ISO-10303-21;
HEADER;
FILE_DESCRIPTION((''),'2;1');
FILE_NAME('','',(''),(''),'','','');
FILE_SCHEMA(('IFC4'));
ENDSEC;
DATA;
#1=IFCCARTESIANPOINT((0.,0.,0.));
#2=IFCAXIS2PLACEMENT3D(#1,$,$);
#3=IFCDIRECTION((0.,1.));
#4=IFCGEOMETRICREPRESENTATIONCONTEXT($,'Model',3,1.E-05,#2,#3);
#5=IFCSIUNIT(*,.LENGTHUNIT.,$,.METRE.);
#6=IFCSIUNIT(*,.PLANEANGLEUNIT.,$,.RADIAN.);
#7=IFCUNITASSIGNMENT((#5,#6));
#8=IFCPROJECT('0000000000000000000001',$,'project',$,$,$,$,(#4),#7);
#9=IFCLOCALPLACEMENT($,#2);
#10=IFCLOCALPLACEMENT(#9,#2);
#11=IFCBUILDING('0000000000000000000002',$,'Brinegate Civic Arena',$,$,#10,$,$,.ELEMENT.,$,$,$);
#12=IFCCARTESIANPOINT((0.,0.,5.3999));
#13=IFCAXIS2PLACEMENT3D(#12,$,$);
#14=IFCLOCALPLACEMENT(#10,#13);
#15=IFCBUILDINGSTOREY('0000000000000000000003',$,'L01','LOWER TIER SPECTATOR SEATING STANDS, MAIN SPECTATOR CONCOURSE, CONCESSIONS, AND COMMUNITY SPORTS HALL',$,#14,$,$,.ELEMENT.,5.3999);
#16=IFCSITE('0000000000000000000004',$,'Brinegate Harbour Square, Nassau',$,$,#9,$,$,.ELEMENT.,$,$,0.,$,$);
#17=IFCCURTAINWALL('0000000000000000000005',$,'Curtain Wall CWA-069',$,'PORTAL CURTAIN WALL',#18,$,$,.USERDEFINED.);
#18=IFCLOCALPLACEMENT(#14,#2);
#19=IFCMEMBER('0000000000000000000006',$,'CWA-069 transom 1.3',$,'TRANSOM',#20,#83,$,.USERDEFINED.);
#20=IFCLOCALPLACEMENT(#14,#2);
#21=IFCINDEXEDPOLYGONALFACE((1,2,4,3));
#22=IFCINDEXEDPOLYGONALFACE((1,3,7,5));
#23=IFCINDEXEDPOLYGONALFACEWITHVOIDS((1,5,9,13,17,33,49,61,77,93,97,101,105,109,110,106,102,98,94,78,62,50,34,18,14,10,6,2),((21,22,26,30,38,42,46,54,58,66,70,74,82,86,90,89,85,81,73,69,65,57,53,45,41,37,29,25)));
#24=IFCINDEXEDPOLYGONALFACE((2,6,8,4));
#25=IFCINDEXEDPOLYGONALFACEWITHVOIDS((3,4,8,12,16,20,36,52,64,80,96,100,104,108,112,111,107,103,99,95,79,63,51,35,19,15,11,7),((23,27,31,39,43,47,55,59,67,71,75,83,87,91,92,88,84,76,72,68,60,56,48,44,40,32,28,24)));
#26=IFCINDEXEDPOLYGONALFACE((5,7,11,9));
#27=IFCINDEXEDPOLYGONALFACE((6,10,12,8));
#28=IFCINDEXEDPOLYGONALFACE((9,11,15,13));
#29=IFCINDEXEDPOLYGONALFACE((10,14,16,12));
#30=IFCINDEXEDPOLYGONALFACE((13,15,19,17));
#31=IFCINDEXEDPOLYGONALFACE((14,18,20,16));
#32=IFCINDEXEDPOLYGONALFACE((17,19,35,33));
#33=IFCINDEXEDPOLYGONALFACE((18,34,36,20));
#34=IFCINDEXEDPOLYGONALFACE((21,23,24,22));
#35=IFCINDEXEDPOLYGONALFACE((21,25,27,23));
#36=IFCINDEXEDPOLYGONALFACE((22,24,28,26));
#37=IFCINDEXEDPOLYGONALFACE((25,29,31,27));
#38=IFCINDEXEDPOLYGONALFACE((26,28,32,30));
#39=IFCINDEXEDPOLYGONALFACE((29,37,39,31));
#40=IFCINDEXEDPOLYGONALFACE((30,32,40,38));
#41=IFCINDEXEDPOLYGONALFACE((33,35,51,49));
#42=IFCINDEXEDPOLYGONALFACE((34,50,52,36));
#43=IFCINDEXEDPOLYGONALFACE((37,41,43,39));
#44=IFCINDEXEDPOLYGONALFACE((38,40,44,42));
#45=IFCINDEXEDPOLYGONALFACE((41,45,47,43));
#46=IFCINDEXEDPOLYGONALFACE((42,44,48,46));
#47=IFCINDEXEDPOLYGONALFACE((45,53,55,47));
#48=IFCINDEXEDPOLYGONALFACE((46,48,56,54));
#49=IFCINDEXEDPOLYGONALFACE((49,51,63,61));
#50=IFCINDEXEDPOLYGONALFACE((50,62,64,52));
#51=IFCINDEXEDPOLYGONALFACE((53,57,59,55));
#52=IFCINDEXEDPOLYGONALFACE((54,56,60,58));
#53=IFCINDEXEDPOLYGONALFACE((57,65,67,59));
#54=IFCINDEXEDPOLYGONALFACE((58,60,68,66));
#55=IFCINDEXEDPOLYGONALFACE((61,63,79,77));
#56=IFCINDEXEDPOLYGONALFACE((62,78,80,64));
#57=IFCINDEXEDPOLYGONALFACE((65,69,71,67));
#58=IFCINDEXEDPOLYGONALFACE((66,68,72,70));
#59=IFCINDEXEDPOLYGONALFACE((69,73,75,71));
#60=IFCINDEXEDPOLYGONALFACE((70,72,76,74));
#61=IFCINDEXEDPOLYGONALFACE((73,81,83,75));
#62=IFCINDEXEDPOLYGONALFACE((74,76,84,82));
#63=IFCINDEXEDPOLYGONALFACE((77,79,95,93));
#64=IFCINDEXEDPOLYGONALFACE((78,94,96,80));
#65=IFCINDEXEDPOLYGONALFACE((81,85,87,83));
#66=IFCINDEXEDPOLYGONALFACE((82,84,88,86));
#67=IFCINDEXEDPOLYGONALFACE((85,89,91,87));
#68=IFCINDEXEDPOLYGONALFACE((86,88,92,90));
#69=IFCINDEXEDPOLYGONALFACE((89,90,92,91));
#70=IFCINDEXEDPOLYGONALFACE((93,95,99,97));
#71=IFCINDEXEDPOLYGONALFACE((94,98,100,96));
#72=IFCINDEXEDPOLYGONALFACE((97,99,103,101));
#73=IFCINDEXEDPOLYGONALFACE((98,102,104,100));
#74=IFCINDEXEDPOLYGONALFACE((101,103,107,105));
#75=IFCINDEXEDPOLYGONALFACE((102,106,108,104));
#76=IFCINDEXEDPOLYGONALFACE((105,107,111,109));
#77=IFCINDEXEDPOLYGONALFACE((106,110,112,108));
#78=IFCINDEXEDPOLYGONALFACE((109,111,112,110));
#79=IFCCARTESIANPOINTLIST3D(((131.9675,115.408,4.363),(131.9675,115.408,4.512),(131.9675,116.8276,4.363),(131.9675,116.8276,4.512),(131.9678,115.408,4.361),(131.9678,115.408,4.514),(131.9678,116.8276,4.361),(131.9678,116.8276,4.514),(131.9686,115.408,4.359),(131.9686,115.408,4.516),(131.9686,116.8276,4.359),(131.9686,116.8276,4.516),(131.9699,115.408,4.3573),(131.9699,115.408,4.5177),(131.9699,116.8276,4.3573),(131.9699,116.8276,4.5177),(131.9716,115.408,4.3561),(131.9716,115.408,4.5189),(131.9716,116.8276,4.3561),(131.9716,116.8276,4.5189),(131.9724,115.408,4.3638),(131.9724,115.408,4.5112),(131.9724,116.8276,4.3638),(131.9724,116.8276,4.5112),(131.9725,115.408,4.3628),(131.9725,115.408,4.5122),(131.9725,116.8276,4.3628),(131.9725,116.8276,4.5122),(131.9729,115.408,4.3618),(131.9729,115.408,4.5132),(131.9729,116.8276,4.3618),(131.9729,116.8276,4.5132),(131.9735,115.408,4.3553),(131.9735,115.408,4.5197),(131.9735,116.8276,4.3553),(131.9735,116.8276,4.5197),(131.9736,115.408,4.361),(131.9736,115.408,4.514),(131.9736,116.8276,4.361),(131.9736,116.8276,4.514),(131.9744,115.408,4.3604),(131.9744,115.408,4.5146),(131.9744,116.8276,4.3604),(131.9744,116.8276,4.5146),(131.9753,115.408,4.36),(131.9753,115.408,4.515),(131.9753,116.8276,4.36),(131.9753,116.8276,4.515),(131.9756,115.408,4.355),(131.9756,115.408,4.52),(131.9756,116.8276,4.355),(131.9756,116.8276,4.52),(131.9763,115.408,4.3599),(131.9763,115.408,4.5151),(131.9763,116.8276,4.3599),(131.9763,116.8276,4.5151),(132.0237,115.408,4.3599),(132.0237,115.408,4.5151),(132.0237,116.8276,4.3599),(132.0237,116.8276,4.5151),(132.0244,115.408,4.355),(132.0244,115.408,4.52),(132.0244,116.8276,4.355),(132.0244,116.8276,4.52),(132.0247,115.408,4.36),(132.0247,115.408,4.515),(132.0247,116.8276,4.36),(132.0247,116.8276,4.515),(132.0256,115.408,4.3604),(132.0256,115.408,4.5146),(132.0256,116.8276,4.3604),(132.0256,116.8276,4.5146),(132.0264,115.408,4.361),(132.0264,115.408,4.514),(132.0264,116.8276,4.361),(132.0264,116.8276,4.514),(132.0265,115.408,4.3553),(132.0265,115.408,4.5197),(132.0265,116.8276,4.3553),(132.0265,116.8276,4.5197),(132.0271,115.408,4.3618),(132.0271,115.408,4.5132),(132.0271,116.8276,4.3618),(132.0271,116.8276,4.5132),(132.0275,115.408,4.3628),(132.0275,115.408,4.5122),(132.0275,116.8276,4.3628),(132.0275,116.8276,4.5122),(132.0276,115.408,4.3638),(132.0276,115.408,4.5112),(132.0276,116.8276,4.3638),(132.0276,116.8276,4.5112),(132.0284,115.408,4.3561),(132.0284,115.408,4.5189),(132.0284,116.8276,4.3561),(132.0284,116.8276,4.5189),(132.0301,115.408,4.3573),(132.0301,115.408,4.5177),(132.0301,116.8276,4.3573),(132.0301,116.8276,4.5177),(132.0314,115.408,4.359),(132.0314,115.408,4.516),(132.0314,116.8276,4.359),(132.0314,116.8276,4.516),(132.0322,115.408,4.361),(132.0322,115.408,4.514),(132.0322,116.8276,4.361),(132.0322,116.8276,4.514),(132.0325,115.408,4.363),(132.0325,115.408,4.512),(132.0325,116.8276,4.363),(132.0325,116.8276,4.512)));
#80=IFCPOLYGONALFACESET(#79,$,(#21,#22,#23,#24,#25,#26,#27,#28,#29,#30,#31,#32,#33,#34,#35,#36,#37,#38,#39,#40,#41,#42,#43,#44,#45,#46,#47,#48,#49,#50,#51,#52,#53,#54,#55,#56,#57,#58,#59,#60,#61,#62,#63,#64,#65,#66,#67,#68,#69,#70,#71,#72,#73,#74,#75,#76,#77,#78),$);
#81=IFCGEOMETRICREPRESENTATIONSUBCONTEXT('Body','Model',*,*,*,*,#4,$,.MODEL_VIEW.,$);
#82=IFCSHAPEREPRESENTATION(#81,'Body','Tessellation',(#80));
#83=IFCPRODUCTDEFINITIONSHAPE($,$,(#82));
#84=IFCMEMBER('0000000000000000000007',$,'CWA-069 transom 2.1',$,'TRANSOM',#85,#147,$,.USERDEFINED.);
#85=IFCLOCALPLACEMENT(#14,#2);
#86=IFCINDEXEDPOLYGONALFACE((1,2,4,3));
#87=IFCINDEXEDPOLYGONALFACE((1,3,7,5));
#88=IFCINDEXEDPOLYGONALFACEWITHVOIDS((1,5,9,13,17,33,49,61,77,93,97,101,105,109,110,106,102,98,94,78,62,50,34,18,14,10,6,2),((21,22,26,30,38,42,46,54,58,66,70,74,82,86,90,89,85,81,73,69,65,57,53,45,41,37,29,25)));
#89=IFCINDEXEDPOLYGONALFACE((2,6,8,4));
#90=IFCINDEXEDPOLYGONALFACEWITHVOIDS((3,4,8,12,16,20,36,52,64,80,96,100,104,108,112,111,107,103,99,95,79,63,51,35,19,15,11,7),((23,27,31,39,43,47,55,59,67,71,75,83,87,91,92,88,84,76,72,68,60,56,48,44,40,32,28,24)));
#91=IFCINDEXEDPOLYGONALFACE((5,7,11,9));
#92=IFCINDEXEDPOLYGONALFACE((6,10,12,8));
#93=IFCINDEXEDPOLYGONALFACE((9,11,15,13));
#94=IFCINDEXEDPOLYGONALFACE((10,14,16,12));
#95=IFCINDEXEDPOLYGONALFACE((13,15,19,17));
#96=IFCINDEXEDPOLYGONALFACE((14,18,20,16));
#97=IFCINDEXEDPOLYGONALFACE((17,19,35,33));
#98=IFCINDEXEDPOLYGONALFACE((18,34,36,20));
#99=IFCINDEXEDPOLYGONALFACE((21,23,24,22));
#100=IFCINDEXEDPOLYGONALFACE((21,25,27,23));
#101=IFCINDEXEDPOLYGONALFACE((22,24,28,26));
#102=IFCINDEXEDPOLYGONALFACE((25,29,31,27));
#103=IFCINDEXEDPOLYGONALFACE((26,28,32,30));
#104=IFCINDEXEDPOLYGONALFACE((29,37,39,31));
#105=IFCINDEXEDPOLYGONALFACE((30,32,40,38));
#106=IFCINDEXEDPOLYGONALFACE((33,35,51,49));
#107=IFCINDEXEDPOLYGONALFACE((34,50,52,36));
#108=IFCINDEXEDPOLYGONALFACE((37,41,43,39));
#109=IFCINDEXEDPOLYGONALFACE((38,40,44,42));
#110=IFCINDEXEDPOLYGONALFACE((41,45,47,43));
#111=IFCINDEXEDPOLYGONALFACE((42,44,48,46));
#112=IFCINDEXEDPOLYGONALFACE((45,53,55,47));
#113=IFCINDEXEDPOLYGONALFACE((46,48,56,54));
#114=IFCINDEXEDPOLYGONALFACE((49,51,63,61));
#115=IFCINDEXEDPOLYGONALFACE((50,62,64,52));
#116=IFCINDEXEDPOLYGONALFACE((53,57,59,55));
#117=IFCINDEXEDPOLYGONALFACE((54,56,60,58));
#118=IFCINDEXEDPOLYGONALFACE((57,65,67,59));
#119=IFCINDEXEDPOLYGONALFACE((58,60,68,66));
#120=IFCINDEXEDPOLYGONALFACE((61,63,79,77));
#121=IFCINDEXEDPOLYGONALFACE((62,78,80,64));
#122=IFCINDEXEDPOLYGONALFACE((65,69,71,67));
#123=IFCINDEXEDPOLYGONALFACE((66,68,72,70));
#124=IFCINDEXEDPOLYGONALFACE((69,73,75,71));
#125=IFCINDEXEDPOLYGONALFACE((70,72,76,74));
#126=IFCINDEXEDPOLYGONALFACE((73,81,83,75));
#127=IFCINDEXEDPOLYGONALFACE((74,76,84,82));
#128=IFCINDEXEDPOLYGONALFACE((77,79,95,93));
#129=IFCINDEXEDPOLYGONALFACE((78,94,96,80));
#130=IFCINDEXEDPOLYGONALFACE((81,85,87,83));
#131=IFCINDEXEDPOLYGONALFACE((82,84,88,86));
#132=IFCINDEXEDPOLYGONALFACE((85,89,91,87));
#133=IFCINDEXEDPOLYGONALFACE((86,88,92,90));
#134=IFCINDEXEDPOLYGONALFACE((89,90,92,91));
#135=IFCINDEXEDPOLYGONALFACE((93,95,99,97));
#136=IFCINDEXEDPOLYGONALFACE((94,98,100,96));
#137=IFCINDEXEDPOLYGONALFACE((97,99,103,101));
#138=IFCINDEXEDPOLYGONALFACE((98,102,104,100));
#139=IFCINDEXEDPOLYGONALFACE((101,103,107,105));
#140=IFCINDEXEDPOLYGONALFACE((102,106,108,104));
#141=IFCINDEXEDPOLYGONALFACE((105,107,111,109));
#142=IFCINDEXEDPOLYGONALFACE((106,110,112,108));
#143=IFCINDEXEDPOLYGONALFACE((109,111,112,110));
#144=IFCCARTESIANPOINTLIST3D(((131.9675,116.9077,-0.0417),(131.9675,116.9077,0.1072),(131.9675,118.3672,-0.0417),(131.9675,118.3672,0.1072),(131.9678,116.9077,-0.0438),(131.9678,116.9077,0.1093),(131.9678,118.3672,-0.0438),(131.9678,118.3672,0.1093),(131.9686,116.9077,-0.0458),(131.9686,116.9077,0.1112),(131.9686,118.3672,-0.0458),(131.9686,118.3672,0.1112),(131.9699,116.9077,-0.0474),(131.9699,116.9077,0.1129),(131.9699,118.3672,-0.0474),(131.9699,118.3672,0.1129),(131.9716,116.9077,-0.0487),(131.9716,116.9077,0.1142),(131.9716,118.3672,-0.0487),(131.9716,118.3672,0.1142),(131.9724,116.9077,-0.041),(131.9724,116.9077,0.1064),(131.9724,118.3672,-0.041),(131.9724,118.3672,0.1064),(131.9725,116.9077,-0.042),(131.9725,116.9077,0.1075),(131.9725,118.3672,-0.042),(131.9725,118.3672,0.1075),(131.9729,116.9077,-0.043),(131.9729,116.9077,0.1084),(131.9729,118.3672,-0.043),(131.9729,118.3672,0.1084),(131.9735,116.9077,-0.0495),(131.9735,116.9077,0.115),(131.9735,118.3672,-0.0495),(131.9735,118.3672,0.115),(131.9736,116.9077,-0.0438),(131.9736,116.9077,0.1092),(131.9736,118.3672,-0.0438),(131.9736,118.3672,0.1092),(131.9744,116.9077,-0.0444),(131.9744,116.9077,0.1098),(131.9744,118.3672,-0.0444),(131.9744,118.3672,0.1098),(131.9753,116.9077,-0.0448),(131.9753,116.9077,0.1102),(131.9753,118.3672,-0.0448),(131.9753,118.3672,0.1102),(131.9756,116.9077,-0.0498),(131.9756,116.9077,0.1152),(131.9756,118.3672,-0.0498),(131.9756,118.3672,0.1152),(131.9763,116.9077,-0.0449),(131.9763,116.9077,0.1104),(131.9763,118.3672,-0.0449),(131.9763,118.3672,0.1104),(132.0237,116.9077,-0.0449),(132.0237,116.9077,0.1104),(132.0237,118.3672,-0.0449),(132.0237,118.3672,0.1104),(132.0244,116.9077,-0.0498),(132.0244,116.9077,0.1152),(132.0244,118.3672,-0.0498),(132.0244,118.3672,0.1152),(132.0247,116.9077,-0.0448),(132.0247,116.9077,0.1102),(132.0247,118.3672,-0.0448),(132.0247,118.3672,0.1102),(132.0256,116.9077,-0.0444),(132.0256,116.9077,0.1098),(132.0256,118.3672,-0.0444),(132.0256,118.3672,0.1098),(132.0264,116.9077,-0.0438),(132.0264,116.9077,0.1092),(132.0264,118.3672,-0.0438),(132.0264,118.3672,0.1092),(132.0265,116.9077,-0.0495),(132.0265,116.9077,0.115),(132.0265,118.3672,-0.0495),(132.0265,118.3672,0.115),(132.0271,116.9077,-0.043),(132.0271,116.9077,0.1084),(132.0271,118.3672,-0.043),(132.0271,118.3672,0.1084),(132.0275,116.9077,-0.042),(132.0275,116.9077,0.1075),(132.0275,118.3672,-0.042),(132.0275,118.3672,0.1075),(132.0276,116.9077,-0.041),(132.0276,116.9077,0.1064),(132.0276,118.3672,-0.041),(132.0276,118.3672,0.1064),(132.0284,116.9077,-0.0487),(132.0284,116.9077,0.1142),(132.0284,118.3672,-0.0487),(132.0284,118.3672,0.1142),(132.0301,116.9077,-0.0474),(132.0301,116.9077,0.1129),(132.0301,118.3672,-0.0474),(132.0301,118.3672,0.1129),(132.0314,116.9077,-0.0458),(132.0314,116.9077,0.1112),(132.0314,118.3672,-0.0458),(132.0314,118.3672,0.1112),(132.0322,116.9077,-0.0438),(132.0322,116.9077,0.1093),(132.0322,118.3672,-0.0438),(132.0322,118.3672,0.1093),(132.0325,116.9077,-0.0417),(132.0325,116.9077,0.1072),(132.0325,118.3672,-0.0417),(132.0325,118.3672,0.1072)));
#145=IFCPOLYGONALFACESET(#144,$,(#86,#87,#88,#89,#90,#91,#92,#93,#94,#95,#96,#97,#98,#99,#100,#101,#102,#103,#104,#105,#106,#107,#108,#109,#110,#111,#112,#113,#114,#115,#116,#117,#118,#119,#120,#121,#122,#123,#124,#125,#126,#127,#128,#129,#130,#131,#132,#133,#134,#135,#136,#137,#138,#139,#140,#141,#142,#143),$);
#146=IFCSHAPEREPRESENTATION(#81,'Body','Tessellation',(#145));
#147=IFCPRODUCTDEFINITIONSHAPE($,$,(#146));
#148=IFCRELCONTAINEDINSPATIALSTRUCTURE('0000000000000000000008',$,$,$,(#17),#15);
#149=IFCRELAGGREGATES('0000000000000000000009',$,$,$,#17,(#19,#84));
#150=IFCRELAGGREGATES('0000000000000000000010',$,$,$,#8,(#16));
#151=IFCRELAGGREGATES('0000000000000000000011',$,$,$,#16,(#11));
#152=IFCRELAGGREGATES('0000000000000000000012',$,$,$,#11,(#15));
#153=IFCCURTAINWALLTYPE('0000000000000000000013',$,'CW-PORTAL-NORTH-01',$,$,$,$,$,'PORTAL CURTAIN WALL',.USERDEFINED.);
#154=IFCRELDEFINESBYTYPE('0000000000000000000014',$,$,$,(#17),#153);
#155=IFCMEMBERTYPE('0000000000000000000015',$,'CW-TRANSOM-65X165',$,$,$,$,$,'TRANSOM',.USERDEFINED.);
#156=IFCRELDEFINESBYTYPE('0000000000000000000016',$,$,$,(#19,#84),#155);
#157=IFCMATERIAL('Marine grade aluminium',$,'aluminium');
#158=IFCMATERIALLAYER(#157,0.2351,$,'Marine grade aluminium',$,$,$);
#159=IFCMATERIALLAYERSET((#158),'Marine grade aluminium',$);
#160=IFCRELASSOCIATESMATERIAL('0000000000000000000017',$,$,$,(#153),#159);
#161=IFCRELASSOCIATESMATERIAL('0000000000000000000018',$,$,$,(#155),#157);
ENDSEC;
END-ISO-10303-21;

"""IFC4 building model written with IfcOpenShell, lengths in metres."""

from ifc_helpers import new_model, si_unit, direction, frame, origin, origin_2d, place, context, subcontext, project, spatial, hollow_rectangle, extrude, material, layer, layer_set, material_profile, profile_set, type_object, element, aggregate, save


model = new_model("IFC4")

# Units and contexts
model_context = context("Model", 3, precision=1e-05, world=origin(), true_north=direction((0.0, 1.0)))
body_context = subcontext(model_context, "Body", "Model", "MODEL_VIEW")
ifc_project = project(units=[si_unit("LENGTHUNIT", "METRE"), si_unit("PLANEANGLEUNIT", "RADIAN")], contexts=[model_context])

# Site, building, storey
site_placement = place(None, origin())
site = spatial("IfcSite", under=ifc_project, at=site_placement, Name="Brinegate Harbour Square, Nassau", CompositionType="ELEMENT", RefElevation=0.0)
building_placement = place(site_placement, origin())
building = spatial("IfcBuilding", under=site, at=building_placement, Name="Brinegate Civic Arena", CompositionType="ELEMENT")
storey_placement = place(building_placement, frame((0.0, 0.0, 5.3999)))
storey = spatial("IfcBuildingStorey", under=building, at=storey_placement, Name="L01", Description="LOWER TIER SPECTATOR SEATING STANDS, MAIN SPECTATOR CONCOURSE, CONCESSIONS, AND COMMUNITY SPORTS HALL", CompositionType="ELEMENT", Elevation=5.3999)

# Curtain wall, members
ifc_material_1 = material(Name="Marine grade aluminium", Category="aluminium")
ifc_layer_1 = layer(ifc_material_1, 0.2351, Name="Marine grade aluminium")
ifc_layer_set_1 = layer_set([ifc_layer_1], Name="Marine grade aluminium")
curtain_wall_type = type_object("IfcCurtainWallType", Name="CW-PORTAL-NORTH-01", ElementType="PORTAL CURTAIN WALL", PredefinedType="USERDEFINED", material=ifc_layer_set_1)
curtain_wall_placement = place(storey_placement, origin())
curtain_wall = element("IfcCurtainWall", 1, at=curtain_wall_placement, inside=storey, type_object=curtain_wall_type, Name="Curtain Wall CWA-069", ObjectType="PORTAL CURTAIN WALL", PredefinedType="USERDEFINED")
ifc_material_profile_1 = material_profile(ifc_material_1, hollow_rectangle(XDim=0.0649, YDim=0.165, WallThickness=0.0049, InnerFilletRadius=0.0039, OuterFilletRadius=0.0081, at=origin_2d()), Name="TRN65X165")
ifc_profile_set_1 = profile_set([ifc_material_profile_1], Name="Marine grade aluminium")
member_type_1 = type_object("IfcMemberType", Name="CW-TRANSOM-65X165", ElementType="TRANSOM", PredefinedType="USERDEFINED", material=ifc_profile_set_1)
member_1_placement = place(storey_placement, frame((132.0, 115.408, 4.4375), z_axis=(0.0, 1.0, 0.0), x_axis=(-1.0, 0.0, 0.0)))
member_1 = element("IfcMember", 2, at=member_1_placement, type_object=member_type_1, Name="CWA-069 transom 1.3", ObjectType="TRANSOM", PredefinedType="USERDEFINED", context=body_context, shape_type="SweptSolid", body=[
    extrude(hollow_rectangle(XDim=0.0649, YDim=0.165, WallThickness=0.0049, InnerFilletRadius=0.0039, OuterFilletRadius=0.0081, at=origin_2d()), origin(), (0.0, 0.0, 1.0), 1.4197),
])
member_2_placement = place(storey_placement, frame((132.0, 116.9077, 0.0327), z_axis=(0.0, 1.0, 0.0), x_axis=(-1.0, 0.0, 0.0)))
member_2 = element("IfcMember", 3, at=member_2_placement, type_object=member_type_1, Name="CWA-069 transom 2.1", ObjectType="TRANSOM", PredefinedType="USERDEFINED", context=body_context, shape_type="SweptSolid", body=[
    extrude(hollow_rectangle(XDim=0.0649, YDim=0.165, WallThickness=0.0049, InnerFilletRadius=0.0039, OuterFilletRadius=0.0081, at=origin_2d()), origin(), (0.0, 0.0, 1.0), 1.4595),
])

aggregate(curtain_wall, [member_1, member_2])

save(model, "model.ifc")
